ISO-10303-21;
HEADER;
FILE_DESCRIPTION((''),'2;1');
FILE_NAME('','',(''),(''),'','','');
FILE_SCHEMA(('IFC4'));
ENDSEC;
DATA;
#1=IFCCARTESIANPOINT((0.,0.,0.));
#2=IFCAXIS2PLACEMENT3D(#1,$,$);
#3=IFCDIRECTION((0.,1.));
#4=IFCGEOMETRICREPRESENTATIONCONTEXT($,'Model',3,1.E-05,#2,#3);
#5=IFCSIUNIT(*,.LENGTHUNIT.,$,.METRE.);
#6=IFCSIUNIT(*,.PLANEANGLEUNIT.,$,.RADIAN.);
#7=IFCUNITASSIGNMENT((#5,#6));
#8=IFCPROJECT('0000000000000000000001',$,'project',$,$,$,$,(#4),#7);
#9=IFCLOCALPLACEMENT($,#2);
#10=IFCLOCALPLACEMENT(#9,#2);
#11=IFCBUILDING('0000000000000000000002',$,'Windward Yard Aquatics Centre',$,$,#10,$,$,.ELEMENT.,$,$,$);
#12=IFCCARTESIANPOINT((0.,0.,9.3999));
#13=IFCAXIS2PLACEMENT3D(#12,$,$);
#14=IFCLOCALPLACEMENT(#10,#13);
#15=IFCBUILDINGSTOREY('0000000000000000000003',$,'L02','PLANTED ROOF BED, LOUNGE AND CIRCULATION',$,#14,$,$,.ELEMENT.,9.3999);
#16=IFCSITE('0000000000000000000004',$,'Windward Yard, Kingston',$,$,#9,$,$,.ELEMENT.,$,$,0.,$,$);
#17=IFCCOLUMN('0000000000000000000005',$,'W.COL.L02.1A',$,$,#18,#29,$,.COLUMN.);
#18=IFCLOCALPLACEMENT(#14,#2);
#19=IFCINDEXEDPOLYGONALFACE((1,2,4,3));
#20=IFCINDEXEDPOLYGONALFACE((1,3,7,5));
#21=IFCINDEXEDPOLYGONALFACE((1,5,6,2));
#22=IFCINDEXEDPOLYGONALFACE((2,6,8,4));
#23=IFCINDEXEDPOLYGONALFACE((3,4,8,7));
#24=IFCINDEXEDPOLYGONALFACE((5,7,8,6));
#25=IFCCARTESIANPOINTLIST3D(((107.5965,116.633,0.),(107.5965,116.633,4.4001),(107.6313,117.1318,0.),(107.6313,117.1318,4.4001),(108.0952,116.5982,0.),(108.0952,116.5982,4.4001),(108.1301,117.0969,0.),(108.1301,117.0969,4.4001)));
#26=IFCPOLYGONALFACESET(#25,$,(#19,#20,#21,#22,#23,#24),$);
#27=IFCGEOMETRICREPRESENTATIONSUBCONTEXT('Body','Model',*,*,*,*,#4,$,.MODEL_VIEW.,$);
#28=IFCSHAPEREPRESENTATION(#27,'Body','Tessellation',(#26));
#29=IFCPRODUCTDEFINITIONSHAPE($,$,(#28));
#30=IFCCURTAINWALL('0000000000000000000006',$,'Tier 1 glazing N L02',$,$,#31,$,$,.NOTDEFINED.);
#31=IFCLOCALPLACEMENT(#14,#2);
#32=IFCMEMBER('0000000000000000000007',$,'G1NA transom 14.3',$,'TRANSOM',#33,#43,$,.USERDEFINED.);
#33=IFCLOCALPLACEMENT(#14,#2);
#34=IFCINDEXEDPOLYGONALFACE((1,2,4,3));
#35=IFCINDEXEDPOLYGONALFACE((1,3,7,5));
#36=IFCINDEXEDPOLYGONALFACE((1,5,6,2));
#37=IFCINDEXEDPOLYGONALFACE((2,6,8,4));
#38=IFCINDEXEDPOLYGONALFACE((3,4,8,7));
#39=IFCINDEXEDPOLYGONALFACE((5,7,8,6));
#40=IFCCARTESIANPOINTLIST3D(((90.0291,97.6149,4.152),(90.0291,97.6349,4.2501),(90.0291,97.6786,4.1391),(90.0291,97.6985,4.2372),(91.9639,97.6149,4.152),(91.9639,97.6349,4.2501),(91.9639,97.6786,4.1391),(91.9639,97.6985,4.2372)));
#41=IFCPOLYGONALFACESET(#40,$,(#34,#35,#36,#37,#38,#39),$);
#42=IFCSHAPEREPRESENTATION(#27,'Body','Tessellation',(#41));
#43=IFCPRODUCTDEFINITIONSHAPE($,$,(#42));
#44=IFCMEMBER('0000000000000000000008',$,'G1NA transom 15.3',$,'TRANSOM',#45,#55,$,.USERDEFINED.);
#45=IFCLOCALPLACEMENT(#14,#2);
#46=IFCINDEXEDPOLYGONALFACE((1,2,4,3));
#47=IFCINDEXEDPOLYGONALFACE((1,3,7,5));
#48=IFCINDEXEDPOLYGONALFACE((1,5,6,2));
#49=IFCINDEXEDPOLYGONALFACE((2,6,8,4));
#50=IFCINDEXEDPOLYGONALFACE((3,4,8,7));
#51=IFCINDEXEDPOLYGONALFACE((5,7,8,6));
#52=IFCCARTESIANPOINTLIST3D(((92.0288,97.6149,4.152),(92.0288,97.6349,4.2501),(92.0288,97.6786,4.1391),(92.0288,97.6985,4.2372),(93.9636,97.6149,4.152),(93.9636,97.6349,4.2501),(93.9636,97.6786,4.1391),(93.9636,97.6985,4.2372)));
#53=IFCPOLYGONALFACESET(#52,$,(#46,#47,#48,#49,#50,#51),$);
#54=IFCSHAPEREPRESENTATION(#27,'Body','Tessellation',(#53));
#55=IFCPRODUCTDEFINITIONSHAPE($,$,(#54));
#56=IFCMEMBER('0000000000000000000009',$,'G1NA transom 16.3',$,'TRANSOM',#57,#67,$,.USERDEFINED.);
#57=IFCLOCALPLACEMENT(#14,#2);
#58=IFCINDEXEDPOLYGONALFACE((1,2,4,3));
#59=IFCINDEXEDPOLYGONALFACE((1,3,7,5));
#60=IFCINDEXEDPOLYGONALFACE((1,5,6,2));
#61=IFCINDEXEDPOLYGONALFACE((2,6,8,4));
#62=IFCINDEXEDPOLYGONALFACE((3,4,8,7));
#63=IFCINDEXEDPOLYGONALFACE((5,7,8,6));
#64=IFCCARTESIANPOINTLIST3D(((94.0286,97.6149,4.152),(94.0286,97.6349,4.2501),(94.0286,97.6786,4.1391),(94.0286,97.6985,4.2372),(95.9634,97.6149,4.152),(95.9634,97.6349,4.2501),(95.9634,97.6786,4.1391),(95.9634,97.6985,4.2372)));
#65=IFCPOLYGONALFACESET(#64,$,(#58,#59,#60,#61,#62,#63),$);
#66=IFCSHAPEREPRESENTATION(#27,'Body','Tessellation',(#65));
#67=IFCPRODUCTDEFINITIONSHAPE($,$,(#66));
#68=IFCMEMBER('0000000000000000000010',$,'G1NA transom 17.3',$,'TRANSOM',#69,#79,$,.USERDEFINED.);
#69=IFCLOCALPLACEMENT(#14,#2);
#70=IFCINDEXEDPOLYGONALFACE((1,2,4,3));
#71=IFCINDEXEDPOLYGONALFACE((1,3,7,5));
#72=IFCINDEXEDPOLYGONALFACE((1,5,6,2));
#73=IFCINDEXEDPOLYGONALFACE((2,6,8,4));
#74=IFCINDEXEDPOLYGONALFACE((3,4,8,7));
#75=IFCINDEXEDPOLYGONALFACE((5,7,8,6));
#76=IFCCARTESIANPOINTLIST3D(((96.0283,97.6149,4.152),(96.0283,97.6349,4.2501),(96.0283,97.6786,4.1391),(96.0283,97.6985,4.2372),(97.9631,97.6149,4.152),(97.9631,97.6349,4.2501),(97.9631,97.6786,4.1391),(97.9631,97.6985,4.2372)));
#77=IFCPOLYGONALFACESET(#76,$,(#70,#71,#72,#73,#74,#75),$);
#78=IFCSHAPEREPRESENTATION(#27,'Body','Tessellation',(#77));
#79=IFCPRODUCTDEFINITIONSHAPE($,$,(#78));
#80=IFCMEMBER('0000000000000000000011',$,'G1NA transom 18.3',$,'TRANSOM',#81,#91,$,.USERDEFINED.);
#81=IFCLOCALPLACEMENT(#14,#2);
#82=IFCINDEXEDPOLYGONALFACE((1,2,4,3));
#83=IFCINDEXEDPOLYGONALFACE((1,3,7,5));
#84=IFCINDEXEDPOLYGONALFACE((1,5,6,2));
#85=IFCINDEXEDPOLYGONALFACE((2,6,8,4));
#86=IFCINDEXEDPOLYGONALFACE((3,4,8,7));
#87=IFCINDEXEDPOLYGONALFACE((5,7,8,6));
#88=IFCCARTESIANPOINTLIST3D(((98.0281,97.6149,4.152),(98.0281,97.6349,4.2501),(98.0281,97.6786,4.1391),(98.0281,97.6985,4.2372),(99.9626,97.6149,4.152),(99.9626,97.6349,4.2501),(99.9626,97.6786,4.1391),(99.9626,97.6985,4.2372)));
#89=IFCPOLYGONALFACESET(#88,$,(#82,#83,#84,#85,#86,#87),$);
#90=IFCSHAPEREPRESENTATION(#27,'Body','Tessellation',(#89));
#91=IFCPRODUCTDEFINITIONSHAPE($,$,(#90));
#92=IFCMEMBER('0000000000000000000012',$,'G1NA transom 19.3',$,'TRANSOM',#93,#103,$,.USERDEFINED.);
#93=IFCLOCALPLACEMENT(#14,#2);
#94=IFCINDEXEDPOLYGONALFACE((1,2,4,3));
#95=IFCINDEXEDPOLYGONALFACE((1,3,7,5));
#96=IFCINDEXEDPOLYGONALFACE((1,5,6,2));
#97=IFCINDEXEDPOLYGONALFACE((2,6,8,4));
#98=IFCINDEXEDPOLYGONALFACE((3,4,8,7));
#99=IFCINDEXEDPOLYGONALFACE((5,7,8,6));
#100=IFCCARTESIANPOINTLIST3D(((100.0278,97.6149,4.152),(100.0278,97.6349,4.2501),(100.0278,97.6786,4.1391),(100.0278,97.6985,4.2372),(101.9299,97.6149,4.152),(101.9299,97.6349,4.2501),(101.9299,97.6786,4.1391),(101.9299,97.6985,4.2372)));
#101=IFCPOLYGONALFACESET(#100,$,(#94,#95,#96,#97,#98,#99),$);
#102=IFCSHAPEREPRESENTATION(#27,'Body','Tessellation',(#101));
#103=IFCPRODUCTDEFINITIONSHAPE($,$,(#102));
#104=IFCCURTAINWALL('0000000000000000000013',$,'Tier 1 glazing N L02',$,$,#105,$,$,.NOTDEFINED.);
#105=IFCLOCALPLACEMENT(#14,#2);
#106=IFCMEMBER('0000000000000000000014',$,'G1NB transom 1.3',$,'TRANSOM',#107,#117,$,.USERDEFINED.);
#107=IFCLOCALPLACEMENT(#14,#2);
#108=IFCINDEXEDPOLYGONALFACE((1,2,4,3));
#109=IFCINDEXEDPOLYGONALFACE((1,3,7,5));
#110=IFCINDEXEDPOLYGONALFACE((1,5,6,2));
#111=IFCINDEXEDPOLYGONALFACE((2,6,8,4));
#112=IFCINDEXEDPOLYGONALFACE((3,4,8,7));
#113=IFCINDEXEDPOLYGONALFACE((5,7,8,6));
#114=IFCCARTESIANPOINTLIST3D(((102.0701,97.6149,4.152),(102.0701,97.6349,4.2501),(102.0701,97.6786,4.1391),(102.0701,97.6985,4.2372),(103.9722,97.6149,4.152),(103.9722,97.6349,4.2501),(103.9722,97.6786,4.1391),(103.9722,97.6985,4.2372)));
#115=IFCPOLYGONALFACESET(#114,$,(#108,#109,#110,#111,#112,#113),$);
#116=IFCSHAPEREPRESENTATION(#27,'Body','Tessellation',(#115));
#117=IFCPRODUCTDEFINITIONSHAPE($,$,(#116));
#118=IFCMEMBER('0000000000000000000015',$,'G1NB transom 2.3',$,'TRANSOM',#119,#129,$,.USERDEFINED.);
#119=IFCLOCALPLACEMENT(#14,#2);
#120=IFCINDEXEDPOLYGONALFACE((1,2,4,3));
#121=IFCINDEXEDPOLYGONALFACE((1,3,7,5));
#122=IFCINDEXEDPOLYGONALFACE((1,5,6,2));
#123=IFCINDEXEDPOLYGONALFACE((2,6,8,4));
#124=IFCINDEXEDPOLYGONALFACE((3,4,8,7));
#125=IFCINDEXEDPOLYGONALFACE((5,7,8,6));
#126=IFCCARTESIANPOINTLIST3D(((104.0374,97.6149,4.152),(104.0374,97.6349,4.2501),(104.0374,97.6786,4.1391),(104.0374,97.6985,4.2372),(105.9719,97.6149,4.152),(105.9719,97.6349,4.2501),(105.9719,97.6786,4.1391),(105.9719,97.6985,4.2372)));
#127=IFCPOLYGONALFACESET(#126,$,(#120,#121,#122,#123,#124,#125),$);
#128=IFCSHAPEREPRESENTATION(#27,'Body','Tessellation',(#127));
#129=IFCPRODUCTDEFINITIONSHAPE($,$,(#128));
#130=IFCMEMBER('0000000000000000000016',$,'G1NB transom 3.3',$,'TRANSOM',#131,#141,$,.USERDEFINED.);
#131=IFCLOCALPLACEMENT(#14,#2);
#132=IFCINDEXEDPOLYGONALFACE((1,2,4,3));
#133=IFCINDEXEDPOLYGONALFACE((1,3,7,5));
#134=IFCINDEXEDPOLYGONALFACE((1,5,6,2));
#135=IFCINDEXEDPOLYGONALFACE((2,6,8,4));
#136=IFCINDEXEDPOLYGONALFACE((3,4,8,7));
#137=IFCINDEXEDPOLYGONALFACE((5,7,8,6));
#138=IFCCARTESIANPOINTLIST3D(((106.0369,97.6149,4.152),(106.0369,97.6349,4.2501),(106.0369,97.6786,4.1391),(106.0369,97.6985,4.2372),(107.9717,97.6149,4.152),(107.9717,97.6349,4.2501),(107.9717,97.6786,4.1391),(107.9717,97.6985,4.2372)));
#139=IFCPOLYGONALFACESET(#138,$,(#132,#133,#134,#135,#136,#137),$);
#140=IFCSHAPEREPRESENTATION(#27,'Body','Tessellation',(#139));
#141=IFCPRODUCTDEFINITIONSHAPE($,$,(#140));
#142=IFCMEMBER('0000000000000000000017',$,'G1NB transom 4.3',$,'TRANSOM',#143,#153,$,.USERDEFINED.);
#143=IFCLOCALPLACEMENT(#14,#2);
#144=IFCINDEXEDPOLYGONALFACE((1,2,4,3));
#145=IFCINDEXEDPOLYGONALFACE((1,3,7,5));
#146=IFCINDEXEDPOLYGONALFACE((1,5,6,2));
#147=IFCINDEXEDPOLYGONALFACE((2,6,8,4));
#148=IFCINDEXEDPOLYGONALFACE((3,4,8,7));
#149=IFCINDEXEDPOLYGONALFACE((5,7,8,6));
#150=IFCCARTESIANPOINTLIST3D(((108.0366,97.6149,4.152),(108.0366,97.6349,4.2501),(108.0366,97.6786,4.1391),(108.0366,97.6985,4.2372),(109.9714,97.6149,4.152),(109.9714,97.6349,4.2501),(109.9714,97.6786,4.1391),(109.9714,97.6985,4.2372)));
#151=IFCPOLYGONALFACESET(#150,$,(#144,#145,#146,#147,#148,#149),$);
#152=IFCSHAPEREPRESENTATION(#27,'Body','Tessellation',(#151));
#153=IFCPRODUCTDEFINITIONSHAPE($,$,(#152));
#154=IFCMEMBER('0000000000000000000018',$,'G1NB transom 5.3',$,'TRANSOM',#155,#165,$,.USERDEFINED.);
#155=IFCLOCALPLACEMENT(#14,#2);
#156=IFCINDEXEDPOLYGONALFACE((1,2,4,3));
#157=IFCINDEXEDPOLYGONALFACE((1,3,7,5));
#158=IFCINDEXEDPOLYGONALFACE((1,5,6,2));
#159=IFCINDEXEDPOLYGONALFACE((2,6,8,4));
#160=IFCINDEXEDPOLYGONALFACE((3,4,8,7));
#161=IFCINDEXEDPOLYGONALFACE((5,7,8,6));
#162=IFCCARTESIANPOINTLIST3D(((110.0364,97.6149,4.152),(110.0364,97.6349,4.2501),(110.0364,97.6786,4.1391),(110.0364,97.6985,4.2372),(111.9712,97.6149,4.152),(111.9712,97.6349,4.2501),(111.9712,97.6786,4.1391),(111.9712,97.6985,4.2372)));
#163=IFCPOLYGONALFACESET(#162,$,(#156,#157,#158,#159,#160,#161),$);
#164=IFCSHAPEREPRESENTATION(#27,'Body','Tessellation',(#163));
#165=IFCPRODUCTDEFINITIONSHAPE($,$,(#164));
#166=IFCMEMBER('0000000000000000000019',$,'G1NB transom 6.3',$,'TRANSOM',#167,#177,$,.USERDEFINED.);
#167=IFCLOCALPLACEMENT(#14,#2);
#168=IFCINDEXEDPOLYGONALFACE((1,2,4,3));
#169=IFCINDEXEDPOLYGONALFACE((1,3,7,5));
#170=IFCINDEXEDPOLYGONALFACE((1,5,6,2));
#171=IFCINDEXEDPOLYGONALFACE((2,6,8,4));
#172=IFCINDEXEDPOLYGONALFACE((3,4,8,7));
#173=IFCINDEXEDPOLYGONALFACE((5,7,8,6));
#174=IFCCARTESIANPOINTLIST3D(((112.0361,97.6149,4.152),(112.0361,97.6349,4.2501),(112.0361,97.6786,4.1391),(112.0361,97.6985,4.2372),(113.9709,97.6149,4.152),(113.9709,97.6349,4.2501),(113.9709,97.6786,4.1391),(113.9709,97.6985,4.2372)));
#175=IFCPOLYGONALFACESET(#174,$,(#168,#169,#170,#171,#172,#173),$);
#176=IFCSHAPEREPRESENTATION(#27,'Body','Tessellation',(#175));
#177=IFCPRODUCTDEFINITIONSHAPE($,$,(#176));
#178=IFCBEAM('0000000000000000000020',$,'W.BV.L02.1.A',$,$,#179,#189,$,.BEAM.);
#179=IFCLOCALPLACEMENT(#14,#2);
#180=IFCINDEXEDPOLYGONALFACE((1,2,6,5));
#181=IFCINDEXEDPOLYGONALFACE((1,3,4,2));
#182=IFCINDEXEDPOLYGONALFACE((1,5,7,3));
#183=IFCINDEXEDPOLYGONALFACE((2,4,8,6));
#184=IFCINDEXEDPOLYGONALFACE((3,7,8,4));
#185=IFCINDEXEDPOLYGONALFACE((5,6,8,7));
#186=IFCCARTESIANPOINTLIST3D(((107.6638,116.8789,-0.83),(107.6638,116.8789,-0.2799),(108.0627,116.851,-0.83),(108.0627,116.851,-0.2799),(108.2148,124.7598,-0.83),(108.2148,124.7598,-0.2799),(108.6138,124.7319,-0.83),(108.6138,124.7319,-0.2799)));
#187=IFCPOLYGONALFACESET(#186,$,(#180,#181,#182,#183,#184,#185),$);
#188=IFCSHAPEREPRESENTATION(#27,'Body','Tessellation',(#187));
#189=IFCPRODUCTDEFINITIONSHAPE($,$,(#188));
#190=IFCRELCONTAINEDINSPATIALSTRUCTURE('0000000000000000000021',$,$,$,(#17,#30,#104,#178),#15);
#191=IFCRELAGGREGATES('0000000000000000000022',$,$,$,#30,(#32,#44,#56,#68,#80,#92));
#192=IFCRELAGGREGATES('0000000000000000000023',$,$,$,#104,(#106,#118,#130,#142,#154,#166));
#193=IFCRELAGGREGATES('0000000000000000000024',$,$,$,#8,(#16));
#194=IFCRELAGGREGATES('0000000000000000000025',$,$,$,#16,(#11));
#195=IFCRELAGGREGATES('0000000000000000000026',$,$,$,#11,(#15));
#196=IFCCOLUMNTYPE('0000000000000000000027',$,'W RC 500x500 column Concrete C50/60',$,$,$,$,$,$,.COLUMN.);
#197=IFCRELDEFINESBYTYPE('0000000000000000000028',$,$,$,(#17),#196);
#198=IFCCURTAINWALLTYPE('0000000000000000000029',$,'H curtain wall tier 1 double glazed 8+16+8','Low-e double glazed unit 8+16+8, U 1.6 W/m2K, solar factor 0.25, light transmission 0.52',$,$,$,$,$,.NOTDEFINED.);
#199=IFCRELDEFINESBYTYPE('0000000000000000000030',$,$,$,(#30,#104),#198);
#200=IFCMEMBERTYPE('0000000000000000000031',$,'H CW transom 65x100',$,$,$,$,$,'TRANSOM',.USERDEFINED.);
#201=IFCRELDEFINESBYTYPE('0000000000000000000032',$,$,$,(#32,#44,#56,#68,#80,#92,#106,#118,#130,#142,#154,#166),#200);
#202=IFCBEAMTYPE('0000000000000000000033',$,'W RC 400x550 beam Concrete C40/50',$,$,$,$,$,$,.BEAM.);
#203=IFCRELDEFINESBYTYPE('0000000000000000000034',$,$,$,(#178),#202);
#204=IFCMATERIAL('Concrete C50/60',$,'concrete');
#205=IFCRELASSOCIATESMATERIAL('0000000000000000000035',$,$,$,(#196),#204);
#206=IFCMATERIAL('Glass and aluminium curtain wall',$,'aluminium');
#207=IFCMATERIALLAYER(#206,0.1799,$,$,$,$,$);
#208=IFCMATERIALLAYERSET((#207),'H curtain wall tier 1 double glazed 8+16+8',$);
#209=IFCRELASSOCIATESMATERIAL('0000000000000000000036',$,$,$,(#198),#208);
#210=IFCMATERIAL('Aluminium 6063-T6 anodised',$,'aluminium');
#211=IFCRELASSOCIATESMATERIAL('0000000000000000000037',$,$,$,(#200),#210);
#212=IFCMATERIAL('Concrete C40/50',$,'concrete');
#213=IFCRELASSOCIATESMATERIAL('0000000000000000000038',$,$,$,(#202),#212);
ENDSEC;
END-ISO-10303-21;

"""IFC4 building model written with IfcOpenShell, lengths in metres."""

from ifc_helpers import new_model, si_unit, direction, frame, origin, origin_2d, place, context, subcontext, project, spatial, rectangle, extrude, material, layer, layer_set, material_profile, profile_set, type_object, element, aggregate, save


model = new_model("IFC4")

# Units and contexts
model_context = context("Model", 3, precision=1e-05, world=origin(), true_north=direction((0.0, 1.0)))
body_context = subcontext(model_context, "Body", "Model", "MODEL_VIEW")
ifc_project = project(units=[si_unit("LENGTHUNIT", "METRE"), si_unit("PLANEANGLEUNIT", "RADIAN")], contexts=[model_context])

# Site, building, storey
site_placement = place(None, origin())
site = spatial("IfcSite", under=ifc_project, at=site_placement, Name="Windward Yard, Kingston", CompositionType="ELEMENT", RefElevation=0.0)
building_placement = place(site_placement, origin())
building = spatial("IfcBuilding", under=site, at=building_placement, Name="Windward Yard Aquatics Centre", CompositionType="ELEMENT")
storey_placement = place(building_placement, frame((0.0, 0.0, 9.3999)))
storey = spatial("IfcBuildingStorey", under=building, at=storey_placement, Name="L02", Description="PLANTED ROOF BED, LOUNGE AND CIRCULATION", CompositionType="ELEMENT", Elevation=9.3999)

# Column
ifc_material_1 = material(Name="Concrete C50/60", Category="concrete")
ifc_material_profile_1 = material_profile(ifc_material_1, rectangle(XDim=0.5, YDim=0.5, at=origin_2d()), Name="RC 500x500")
ifc_profile_set_1 = profile_set([ifc_material_profile_1], Name="Concrete C50/60")
column_type = type_object("IfcColumnType", Name="W RC 500x500 column Concrete C50/60", PredefinedType="COLUMN", material=ifc_profile_set_1)
column_placement = place(storey_placement, frame((107.8633, 116.865, 0.0), z_axis=(0.0, 0.0, 1.0), x_axis=(0.997564, -0.069756, 0.0)))
element("IfcColumn", 1, at=column_placement, inside=storey, type_object=column_type, Name="W.COL.L02.1A", PredefinedType="COLUMN", context=body_context, shape_type="SweptSolid", body=[
    extrude(rectangle(XDim=0.5, YDim=0.5, at=origin_2d()), origin(), (0.0, 0.0, 1.0), 4.4001),
])

# Curtain walls, members
ifc_material_2 = material(Name="Glass and aluminium curtain wall", Category="aluminium")
ifc_layer_1 = layer(ifc_material_2, 0.1799)
ifc_layer_set_1 = layer_set([ifc_layer_1], Name="H curtain wall tier 1 double glazed 8+16+8")
curtain_wall_type = type_object("IfcCurtainWallType", Name="H curtain wall tier 1 double glazed 8+16+8", Description="Low-e double glazed unit 8+16+8, U 1.6 W/m2K, solar factor 0.25, light transmission 0.52", PredefinedType="NOTDEFINED", material=ifc_layer_set_1)
curtain_wall_1_placement = place(storey_placement, origin())
curtain_wall_1 = element("IfcCurtainWall", 2, at=curtain_wall_1_placement, inside=storey, type_object=curtain_wall_type, Name="Tier 1 glazing N L02", PredefinedType="NOTDEFINED")
ifc_material_3 = material(Name="Aluminium 6063-T6 anodised", Category="aluminium")
ifc_material_profile_2 = material_profile(ifc_material_3, rectangle(XDim=0.0649, YDim=0.1001, at=origin_2d()), Name="H CW transom 65x100")
ifc_profile_set_2 = profile_set([ifc_material_profile_2], Name="Aluminium 6063-T6 anodised")
member_type = type_object("IfcMemberType", Name="H CW transom 65x100", ElementType="TRANSOM", PredefinedType="USERDEFINED", material=ifc_profile_set_2)
member_1_placement = place(storey_placement, frame((90.0291, 97.6567, 4.1946), z_axis=(1.0, 0.0, 0.0), x_axis=(0.0, -0.979925, 0.199368)))
member_1 = element("IfcMember", 3, at=member_1_placement, type_object=member_type, Name="G1NA transom 14.3", ObjectType="TRANSOM", PredefinedType="USERDEFINED", context=body_context, shape_type="SweptSolid", body=[
    extrude(rectangle(XDim=0.0649, YDim=0.1001, at=origin_2d()), origin(), (0.0, 0.0, 1.0), 1.9348),
])
member_2_placement = place(storey_placement, frame((92.0288, 97.6567, 4.1946), z_axis=(1.0, 0.0, 0.0), x_axis=(0.0, -0.979925, 0.199368)))
member_2 = element("IfcMember", 4, at=member_2_placement, type_object=member_type, Name="G1NA transom 15.3", ObjectType="TRANSOM", PredefinedType="USERDEFINED", context=body_context, shape_type="SweptSolid", body=[
    extrude(rectangle(XDim=0.0649, YDim=0.1001, at=origin_2d()), origin(), (0.0, 0.0, 1.0), 1.9348),
])
member_3_placement = place(storey_placement, frame((94.0286, 97.6567, 4.1946), z_axis=(1.0, 0.0, 0.0), x_axis=(0.0, -0.979925, 0.199368)))
member_3 = element("IfcMember", 5, at=member_3_placement, type_object=member_type, Name="G1NA transom 16.3", ObjectType="TRANSOM", PredefinedType="USERDEFINED", context=body_context, shape_type="SweptSolid", body=[
    extrude(rectangle(XDim=0.0649, YDim=0.1001, at=origin_2d()), origin(), (0.0, 0.0, 1.0), 1.9348),
])
member_4_placement = place(storey_placement, frame((96.0283, 97.6567, 4.1946), z_axis=(1.0, 0.0, 0.0), x_axis=(0.0, -0.979925, 0.199368)))
member_4 = element("IfcMember", 6, at=member_4_placement, type_object=member_type, Name="G1NA transom 17.3", ObjectType="TRANSOM", PredefinedType="USERDEFINED", context=body_context, shape_type="SweptSolid", body=[
    extrude(rectangle(XDim=0.0649, YDim=0.1001, at=origin_2d()), origin(), (0.0, 0.0, 1.0), 1.9348),
])
member_5_placement = place(storey_placement, frame((98.0281, 97.6567, 4.1946), z_axis=(1.0, 0.0, 0.0), x_axis=(0.0, -0.979925, 0.199368)))
member_5 = element("IfcMember", 7, at=member_5_placement, type_object=member_type, Name="G1NA transom 18.3", ObjectType="TRANSOM", PredefinedType="USERDEFINED", context=body_context, shape_type="SweptSolid", body=[
    extrude(rectangle(XDim=0.0649, YDim=0.1001, at=origin_2d()), origin(), (0.0, 0.0, 1.0), 1.9346),
])
member_6_placement = place(storey_placement, frame((100.0278, 97.6567, 4.1946), z_axis=(1.0, 0.0, 0.0), x_axis=(0.0, -0.979925, 0.199368)))
member_6 = element("IfcMember", 8, at=member_6_placement, type_object=member_type, Name="G1NA transom 19.3", ObjectType="TRANSOM", PredefinedType="USERDEFINED", context=body_context, shape_type="SweptSolid", body=[
    extrude(rectangle(XDim=0.0649, YDim=0.1001, at=origin_2d()), origin(), (0.0, 0.0, 1.0), 1.9021),
])
aggregate(curtain_wall_1, [member_1, member_2, member_3, member_4, member_5, member_6])
curtain_wall_2_placement = place(storey_placement, origin())
curtain_wall_2 = element("IfcCurtainWall", 9, at=curtain_wall_2_placement, inside=storey, type_object=curtain_wall_type, Name="Tier 1 glazing N L02", PredefinedType="NOTDEFINED")
member_7_placement = place(storey_placement, frame((102.0701, 97.6567, 4.1946), z_axis=(1.0, 0.0, 0.0), x_axis=(0.0, -0.979925, 0.199368)))
member_7 = element("IfcMember", 10, at=member_7_placement, type_object=member_type, Name="G1NB transom 1.3", ObjectType="TRANSOM", PredefinedType="USERDEFINED", context=body_context, shape_type="SweptSolid", body=[
    extrude(rectangle(XDim=0.0649, YDim=0.1001, at=origin_2d()), origin(), (0.0, 0.0, 1.0), 1.9021),
])
member_8_placement = place(storey_placement, frame((104.0374, 97.6567, 4.1946), z_axis=(1.0, 0.0, 0.0), x_axis=(0.0, -0.979925, 0.199368)))
member_8 = element("IfcMember", 11, at=member_8_placement, type_object=member_type, Name="G1NB transom 2.3", ObjectType="TRANSOM", PredefinedType="USERDEFINED", context=body_context, shape_type="SweptSolid", body=[
    extrude(rectangle(XDim=0.0649, YDim=0.1001, at=origin_2d()), origin(), (0.0, 0.0, 1.0), 1.9346),
])
member_9_placement = place(storey_placement, frame((106.0369, 97.6567, 4.1946), z_axis=(1.0, 0.0, 0.0), x_axis=(0.0, -0.979925, 0.199368)))
member_9 = element("IfcMember", 12, at=member_9_placement, type_object=member_type, Name="G1NB transom 3.3", ObjectType="TRANSOM", PredefinedType="USERDEFINED", context=body_context, shape_type="SweptSolid", body=[
    extrude(rectangle(XDim=0.0649, YDim=0.1001, at=origin_2d()), origin(), (0.0, 0.0, 1.0), 1.9348),
])
member_10_placement = place(storey_placement, frame((108.0366, 97.6567, 4.1946), z_axis=(1.0, 0.0, 0.0), x_axis=(0.0, -0.979925, 0.199368)))
member_10 = element("IfcMember", 13, at=member_10_placement, type_object=member_type, Name="G1NB transom 4.3", ObjectType="TRANSOM", PredefinedType="USERDEFINED", context=body_context, shape_type="SweptSolid", body=[
    extrude(rectangle(XDim=0.0649, YDim=0.1001, at=origin_2d()), origin(), (0.0, 0.0, 1.0), 1.9348),
])
member_11_placement = place(storey_placement, frame((110.0364, 97.6567, 4.1946), z_axis=(1.0, 0.0, 0.0), x_axis=(0.0, -0.979925, 0.199368)))
member_11 = element("IfcMember", 14, at=member_11_placement, type_object=member_type, Name="G1NB transom 5.3", ObjectType="TRANSOM", PredefinedType="USERDEFINED", context=body_context, shape_type="SweptSolid", body=[
    extrude(rectangle(XDim=0.0649, YDim=0.1001, at=origin_2d()), origin(), (0.0, 0.0, 1.0), 1.9348),
])
member_12_placement = place(storey_placement, frame((112.0361, 97.6567, 4.1946), z_axis=(1.0, 0.0, 0.0), x_axis=(0.0, -0.979925, 0.199368)))
member_12 = element("IfcMember", 15, at=member_12_placement, type_object=member_type, Name="G1NB transom 6.3", ObjectType="TRANSOM", PredefinedType="USERDEFINED", context=body_context, shape_type="SweptSolid", body=[
    extrude(rectangle(XDim=0.0649, YDim=0.1001, at=origin_2d()), origin(), (0.0, 0.0, 1.0), 1.9348),
])
aggregate(curtain_wall_2, [member_7, member_8, member_9, member_10, member_11, member_12])

# Beam
ifc_material_4 = material(Name="Concrete C40/50", Category="concrete")
ifc_material_profile_3 = material_profile(ifc_material_4, rectangle(XDim=0.3999, YDim=0.55, at=origin_2d()), Name="RC 400x550")
ifc_profile_set_3 = profile_set([ifc_material_profile_3], Name="Concrete C40/50")
beam_type_1 = type_object("IfcBeamType", Name="W RC 400x550 beam Concrete C40/50", PredefinedType="BEAM", material=ifc_profile_set_3)
beam_1_placement = place(storey_placement, frame((107.8633, 116.865, -0.5549), z_axis=(0.069749, 0.997565, 0.0), x_axis=(-0.997565, 0.069749, 0.0)))
element("IfcBeam", 16, at=beam_1_placement, inside=storey, type_object=beam_type_1, Name="W.BV.L02.1.A", PredefinedType="BEAM", context=body_context, shape_type="SweptSolid", body=[
    extrude(rectangle(XDim=0.3999, YDim=0.55, at=origin_2d()), origin(), (0.0, 0.0, 1.0), 7.9001),
])

save(model, "model.ifc")
